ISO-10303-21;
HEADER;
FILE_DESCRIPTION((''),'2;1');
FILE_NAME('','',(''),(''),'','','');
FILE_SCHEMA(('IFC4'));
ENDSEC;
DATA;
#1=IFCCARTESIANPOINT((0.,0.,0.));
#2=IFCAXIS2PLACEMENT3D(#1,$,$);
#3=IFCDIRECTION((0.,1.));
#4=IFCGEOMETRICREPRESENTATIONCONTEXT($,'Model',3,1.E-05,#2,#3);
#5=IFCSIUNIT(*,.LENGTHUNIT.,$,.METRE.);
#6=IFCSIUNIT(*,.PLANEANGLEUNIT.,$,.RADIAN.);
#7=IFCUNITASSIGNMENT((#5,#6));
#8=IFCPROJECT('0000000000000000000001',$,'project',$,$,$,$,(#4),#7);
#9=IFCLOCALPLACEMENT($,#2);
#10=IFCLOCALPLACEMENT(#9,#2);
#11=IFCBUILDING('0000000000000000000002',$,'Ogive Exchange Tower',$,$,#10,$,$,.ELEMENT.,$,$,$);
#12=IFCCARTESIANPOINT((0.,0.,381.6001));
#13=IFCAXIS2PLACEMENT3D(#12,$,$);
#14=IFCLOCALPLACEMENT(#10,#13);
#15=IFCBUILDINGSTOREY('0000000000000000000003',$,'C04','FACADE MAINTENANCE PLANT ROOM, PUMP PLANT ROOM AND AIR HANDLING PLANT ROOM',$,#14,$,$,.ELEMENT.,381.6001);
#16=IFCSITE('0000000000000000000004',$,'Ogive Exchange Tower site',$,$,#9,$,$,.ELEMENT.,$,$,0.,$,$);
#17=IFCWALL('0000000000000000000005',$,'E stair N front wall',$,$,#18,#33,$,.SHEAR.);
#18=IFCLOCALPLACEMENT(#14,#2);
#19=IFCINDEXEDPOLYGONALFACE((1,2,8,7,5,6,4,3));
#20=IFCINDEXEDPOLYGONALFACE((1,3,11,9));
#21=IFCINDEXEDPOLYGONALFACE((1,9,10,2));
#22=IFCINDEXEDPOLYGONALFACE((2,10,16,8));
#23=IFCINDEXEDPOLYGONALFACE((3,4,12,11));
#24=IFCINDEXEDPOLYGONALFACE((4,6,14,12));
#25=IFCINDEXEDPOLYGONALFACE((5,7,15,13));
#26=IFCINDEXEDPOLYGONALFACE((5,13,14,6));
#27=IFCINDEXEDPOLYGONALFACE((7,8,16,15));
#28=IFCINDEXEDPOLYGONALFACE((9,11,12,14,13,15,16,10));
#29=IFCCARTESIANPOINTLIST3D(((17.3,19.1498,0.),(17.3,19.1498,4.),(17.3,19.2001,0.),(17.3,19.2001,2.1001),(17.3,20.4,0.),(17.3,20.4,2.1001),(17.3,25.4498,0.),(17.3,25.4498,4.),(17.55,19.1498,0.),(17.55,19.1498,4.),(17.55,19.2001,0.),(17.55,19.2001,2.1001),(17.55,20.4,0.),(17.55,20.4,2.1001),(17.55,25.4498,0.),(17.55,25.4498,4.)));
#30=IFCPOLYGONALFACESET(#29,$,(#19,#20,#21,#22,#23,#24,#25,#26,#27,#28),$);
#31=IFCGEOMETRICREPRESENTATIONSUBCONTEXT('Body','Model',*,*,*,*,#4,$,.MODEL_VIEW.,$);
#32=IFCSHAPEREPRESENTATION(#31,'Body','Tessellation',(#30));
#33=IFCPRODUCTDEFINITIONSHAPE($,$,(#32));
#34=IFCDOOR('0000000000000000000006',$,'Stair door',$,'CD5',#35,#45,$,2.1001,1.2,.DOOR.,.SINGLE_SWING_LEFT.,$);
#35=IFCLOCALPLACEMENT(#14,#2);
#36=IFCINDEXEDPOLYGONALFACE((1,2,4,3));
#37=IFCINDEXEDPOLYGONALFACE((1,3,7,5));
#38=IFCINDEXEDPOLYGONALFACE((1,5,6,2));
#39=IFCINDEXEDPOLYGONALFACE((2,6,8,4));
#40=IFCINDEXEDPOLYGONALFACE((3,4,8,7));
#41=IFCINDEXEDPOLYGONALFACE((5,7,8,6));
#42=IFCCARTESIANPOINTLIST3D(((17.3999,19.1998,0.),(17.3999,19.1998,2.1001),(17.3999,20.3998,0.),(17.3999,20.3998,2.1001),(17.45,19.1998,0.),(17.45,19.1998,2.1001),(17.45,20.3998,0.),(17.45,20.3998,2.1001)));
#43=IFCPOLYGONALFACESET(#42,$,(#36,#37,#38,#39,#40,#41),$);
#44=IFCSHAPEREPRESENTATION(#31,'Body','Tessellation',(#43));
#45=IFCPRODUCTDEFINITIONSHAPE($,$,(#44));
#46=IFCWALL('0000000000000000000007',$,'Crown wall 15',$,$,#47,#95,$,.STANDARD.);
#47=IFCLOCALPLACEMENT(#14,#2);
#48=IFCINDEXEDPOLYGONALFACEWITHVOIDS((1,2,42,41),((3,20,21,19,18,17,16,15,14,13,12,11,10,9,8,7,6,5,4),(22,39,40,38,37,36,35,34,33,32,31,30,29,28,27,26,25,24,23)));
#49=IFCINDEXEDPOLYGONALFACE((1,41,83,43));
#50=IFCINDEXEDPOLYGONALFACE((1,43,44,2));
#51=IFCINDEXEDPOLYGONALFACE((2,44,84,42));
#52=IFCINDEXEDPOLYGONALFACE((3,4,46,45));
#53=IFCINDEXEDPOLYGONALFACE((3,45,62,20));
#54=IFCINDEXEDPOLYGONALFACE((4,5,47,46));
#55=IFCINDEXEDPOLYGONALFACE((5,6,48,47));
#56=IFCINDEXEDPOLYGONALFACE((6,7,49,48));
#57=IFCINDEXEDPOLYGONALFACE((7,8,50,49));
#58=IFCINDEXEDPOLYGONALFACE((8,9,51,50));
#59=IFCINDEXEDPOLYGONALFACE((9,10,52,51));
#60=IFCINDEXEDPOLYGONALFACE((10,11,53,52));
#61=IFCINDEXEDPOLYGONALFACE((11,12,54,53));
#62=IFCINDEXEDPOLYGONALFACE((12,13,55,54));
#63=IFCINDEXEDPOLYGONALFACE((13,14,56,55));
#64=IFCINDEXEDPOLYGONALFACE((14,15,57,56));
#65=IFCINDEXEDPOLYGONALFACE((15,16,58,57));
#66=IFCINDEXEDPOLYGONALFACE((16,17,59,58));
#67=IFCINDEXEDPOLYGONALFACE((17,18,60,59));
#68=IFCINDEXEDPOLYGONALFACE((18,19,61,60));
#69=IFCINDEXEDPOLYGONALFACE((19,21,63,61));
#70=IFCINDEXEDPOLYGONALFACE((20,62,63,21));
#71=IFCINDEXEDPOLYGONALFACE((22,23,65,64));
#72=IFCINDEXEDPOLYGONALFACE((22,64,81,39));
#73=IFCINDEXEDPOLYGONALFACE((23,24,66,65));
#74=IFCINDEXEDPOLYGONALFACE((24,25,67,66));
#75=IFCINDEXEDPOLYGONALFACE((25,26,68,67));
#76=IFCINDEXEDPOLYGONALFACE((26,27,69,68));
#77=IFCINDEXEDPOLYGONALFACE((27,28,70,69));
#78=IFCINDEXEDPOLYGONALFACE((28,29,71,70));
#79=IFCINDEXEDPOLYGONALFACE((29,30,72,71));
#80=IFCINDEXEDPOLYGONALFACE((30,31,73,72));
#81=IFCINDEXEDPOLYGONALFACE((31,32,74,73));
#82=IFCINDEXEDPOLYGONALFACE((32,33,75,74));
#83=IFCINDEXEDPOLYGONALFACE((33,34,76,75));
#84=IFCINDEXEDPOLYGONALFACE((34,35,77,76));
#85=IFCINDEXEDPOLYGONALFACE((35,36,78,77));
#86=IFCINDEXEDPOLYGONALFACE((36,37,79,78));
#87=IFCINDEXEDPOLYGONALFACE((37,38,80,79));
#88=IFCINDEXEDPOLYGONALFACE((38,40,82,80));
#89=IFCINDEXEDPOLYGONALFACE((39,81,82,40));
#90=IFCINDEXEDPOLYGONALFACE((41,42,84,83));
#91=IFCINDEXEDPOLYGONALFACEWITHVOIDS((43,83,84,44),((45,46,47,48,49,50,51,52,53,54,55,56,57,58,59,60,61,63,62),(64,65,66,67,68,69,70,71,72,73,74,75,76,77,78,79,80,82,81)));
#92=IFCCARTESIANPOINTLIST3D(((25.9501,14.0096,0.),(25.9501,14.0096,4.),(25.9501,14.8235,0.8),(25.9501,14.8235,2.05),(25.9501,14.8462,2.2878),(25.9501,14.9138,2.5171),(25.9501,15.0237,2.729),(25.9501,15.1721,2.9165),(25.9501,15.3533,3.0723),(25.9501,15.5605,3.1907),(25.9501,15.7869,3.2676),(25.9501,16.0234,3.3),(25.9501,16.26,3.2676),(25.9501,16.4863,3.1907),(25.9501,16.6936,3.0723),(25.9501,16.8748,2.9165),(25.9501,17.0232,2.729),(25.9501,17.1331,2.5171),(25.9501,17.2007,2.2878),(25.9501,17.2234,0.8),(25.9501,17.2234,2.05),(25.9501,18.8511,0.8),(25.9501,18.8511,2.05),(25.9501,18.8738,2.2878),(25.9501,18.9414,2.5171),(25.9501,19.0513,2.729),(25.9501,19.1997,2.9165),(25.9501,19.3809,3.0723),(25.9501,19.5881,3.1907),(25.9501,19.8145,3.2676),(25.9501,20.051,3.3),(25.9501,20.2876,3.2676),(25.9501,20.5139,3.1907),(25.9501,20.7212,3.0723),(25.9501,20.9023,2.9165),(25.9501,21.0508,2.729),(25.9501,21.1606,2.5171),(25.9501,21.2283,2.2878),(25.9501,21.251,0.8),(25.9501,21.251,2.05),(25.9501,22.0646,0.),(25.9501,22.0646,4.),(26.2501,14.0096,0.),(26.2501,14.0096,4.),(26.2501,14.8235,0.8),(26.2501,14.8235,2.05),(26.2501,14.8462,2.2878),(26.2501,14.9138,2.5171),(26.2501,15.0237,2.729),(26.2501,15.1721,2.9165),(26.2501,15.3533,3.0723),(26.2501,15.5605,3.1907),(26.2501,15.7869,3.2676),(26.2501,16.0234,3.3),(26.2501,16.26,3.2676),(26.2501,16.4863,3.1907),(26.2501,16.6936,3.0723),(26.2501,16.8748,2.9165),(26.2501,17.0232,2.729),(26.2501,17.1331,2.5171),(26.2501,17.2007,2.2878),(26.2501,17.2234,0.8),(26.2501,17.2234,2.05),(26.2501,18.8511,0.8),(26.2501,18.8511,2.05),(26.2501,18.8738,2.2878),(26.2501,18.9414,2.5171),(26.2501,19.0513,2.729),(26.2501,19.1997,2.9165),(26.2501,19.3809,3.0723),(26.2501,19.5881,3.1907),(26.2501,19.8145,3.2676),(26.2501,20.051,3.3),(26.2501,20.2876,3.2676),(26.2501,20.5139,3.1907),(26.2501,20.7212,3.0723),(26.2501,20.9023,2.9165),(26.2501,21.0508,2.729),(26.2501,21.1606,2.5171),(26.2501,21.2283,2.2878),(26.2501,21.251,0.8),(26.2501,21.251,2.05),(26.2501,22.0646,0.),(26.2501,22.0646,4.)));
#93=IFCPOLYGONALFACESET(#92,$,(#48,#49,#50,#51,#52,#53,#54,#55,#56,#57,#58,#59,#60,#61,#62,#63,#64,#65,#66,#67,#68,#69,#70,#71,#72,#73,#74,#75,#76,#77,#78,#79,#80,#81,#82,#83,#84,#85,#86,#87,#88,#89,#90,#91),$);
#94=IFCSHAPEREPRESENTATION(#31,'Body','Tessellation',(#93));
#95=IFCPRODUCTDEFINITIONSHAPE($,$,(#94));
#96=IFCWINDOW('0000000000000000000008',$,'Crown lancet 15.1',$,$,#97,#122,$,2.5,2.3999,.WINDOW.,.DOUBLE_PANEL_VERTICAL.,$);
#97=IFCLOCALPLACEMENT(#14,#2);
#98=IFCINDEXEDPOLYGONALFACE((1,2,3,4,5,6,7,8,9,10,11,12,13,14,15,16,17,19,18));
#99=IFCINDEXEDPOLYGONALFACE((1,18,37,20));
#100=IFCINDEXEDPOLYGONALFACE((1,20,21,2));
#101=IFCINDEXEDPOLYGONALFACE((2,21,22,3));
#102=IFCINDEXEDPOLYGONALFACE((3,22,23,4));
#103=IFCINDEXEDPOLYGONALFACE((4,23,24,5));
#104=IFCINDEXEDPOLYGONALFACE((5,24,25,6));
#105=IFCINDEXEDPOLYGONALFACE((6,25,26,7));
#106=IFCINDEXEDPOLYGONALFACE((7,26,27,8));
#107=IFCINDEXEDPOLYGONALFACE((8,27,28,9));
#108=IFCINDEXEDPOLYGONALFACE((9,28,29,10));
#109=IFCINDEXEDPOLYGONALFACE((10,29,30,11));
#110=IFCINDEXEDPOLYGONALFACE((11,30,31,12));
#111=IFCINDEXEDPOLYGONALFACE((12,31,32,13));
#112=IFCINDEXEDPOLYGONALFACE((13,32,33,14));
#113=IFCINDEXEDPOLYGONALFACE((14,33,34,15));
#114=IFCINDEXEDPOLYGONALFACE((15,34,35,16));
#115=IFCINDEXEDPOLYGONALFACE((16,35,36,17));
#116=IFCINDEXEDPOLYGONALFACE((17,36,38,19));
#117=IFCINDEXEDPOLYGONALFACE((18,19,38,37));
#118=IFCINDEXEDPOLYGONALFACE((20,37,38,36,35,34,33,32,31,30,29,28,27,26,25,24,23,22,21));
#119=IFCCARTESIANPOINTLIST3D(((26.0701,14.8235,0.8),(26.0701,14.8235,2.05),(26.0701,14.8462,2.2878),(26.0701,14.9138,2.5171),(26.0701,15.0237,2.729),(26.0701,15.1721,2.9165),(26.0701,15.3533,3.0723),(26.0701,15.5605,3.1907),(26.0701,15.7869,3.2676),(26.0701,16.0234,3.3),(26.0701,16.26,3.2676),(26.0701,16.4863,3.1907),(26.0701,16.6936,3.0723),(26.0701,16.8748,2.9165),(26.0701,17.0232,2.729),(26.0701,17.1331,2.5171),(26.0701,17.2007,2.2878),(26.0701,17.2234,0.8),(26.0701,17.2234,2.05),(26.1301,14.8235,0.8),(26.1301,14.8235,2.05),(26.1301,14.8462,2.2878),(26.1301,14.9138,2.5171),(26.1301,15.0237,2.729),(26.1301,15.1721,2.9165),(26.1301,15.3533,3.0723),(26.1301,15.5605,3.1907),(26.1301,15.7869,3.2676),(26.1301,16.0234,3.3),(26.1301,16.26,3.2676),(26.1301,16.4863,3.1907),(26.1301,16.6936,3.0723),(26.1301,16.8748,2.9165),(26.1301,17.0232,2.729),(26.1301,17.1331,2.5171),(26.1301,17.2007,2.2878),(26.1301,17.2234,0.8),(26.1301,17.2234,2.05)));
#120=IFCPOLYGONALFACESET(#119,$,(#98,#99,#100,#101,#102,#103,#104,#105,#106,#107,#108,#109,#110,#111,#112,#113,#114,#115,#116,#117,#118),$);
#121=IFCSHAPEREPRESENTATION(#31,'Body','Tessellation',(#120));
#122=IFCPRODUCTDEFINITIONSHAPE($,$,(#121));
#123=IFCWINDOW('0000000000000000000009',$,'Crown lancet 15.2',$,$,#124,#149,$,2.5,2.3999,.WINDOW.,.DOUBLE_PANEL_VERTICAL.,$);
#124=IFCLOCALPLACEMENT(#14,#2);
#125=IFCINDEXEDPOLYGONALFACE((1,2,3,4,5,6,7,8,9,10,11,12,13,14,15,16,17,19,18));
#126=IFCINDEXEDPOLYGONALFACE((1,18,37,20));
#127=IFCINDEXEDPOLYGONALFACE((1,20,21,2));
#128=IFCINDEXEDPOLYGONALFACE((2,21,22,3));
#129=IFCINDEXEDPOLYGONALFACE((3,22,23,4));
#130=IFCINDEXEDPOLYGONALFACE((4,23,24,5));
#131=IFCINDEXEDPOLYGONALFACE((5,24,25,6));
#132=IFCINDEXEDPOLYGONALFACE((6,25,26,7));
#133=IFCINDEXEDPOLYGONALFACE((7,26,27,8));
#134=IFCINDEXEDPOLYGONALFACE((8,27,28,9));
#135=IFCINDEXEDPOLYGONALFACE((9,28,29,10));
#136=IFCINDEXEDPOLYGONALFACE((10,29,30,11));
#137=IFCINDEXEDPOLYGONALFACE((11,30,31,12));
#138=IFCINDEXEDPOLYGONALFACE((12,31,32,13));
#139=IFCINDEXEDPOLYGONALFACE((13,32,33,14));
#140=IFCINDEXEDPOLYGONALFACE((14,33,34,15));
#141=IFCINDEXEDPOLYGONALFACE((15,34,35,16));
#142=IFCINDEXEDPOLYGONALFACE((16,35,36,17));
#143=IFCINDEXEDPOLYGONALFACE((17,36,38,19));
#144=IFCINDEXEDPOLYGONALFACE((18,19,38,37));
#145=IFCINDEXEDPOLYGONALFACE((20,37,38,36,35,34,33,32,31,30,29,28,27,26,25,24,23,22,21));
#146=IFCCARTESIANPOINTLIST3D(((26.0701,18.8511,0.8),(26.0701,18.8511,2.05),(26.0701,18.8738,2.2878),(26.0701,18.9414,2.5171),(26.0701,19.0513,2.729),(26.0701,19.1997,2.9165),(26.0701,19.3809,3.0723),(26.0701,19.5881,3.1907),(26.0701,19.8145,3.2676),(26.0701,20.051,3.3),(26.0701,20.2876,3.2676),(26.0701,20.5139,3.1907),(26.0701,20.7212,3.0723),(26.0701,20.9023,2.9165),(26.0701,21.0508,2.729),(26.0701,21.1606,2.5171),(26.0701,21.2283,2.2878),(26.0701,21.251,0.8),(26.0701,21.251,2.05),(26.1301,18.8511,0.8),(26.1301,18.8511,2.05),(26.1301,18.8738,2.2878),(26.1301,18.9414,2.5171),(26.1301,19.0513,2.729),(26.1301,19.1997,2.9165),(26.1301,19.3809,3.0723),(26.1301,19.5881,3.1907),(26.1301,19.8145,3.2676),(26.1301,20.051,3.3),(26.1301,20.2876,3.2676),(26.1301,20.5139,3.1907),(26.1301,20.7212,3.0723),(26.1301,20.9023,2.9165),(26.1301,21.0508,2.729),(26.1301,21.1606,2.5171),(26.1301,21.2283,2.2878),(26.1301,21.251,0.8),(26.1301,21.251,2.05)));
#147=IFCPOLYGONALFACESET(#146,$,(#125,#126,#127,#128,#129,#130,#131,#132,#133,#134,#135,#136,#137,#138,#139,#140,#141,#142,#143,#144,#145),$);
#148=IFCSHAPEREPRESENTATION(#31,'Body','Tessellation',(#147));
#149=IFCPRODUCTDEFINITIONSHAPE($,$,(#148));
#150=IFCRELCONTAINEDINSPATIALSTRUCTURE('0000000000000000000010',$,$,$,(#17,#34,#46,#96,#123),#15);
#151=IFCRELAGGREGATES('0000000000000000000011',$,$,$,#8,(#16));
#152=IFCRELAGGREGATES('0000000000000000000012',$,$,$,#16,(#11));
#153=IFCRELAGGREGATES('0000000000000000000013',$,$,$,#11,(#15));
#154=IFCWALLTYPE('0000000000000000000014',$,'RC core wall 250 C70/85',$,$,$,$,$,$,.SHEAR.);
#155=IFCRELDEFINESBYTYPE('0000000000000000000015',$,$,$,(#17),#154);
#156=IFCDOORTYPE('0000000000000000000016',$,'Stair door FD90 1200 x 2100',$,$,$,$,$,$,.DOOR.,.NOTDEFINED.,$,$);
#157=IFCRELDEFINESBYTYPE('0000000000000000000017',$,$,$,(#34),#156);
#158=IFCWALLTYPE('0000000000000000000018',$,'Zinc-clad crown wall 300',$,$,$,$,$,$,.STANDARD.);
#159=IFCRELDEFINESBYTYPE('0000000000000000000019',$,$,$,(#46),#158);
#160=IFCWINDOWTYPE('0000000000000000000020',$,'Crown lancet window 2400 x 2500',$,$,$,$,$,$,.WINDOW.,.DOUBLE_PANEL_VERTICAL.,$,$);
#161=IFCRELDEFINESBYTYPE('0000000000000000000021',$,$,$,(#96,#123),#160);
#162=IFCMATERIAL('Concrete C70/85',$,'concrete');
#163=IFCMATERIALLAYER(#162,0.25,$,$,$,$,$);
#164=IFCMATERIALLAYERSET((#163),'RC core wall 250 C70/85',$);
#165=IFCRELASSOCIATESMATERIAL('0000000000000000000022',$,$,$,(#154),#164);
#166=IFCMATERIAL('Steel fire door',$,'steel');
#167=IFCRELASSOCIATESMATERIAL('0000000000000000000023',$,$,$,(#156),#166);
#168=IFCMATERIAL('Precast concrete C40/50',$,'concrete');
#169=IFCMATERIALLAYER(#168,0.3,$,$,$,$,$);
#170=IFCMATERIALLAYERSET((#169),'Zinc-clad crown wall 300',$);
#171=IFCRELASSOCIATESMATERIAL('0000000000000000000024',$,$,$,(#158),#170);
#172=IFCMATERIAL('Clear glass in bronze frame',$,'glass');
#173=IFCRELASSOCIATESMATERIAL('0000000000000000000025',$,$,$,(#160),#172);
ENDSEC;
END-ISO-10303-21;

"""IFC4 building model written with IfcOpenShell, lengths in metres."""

from ifc_helpers import new_model, si_unit, direction, frame, frame_2d, origin, place, context, subcontext, project, spatial, polyline, rectangle, outline, extrude, material, layer, layer_set, type_object, element, fill, save


model = new_model("IFC4")

# Units and contexts
model_context = context("Model", 3, precision=1e-05, world=origin(), true_north=direction((0.0, 1.0)))
body_context = subcontext(model_context, "Body", "Model", "MODEL_VIEW")
ifc_project = project(units=[si_unit("LENGTHUNIT", "METRE"), si_unit("PLANEANGLEUNIT", "RADIAN")], contexts=[model_context])

# Site, building, storey
site_placement = place(None, origin())
site = spatial("IfcSite", under=ifc_project, at=site_placement, Name="Ogive Exchange Tower site", CompositionType="ELEMENT", RefElevation=0.0)
building_placement = place(site_placement, origin())
building = spatial("IfcBuilding", under=site, at=building_placement, Name="Ogive Exchange Tower", CompositionType="ELEMENT")
storey_placement = place(building_placement, frame((0.0, 0.0, 381.6001)))
storey = spatial("IfcBuildingStorey", under=building, at=storey_placement, Name="C04", Description="FACADE MAINTENANCE PLANT ROOM, PUMP PLANT ROOM AND AIR HANDLING PLANT ROOM", CompositionType="ELEMENT", Elevation=381.6001)

# Wall, opening, door
ifc_material_1 = material(Name="Concrete C70/85", Category="concrete")
ifc_layer_1 = layer(ifc_material_1, 0.25)
ifc_layer_set_1 = layer_set([ifc_layer_1], Name="RC core wall 250 C70/85")
wall_type_1 = type_object("IfcWallType", Name="RC core wall 250 C70/85", PredefinedType="SHEAR", material=ifc_layer_set_1)
wall_1_placement = place(storey_placement, frame((17.425, 19.1499, 0.0), z_axis=(0.0, 0.0, 1.0), x_axis=(0.0, 1.0, 0.0)))
wall_1 = element("IfcWall", 1, at=wall_1_placement, inside=storey, type_object=wall_type_1, Name="E stair N front wall", PredefinedType="SHEAR", context=body_context, shape_type="SweptSolid", body=[
    extrude(rectangle(XDim=6.3, YDim=0.25, at=frame_2d((3.1499, 0.0))), origin(), (0.0, 0.0, 1.0), 4.0),
])
opening_1_placement = place(wall_1_placement, frame((0.05, 0.0, 0.0)))
opening_1 = element("IfcOpeningElement", 2, at=opening_1_placement, cuts=wall_1, PredefinedType="OPENING", context=body_context, shape_type="SweptSolid", body=[
    extrude(rectangle(XDim=1.2, YDim=2.1001, at=frame_2d((0.6001, 1.05))), frame((0.0, 0.135, 0.0), z_axis=(0.0, -1.0, 0.0), x_axis=(1.0, 0.0, 0.0)), (0.0, 0.0, 1.0), 0.27),
])
ifc_material_2 = material(Name="Steel fire door", Category="steel")
door_type = type_object("IfcDoorType", Name="Stair door FD90 1200 x 2100", OperationType="NOTDEFINED", PredefinedType="DOOR", material=ifc_material_2)
door_placement = place(opening_1_placement, frame((1.2, 0.0, 0.0), z_axis=(0.0, 0.0, 1.0), x_axis=(-1.0, 0.0, 0.0)))
door = element("IfcDoor", 3, at=door_placement, inside=storey, type_object=door_type, Name="Stair door", ObjectType="CD5", OperationType="SINGLE_SWING_LEFT", OverallHeight=2.1001, OverallWidth=1.2, PredefinedType="DOOR", context=body_context, shape_type="SweptSolid", body=[
    extrude(rectangle(XDim=1.2, YDim=2.1001, at=frame_2d((0.6001, 1.05))), frame((0.0, 0.0249, 0.0), z_axis=(0.0, -1.0, 0.0), x_axis=(1.0, 0.0, 0.0)), (0.0, 0.0, 1.0), 0.05),
])
fill(opening_1, door)

# Wall, openings, windows
ifc_material_3 = material(Name="Precast concrete C40/50", Category="concrete")
ifc_layer_2 = layer(ifc_material_3, 0.3)
ifc_layer_set_2 = layer_set([ifc_layer_2], Name="Zinc-clad crown wall 300")
wall_type_2 = type_object("IfcWallType", Name="Zinc-clad crown wall 300", PredefinedType="STANDARD", material=ifc_layer_set_2)
wall_2_placement = place(storey_placement, frame((26.1001, 14.0098, 0.0), z_axis=(0.0, 0.0, 1.0), x_axis=(0.0, 1.0, 0.0)))
wall_2 = element("IfcWall", 4, at=wall_2_placement, inside=storey, type_object=wall_type_2, Name="Crown wall 15", PredefinedType="STANDARD", context=body_context, shape_type="SweptSolid", body=[
    extrude(rectangle(XDim=8.0549, YDim=0.3, at=frame_2d((4.0273, 0.0))), origin(), (0.0, 0.0, 1.0), 4.0),
])
opening_2_placement = place(wall_2_placement, frame((0.8137, 0.0, 0.8)))
opening_2 = element("IfcOpeningElement", 5, at=opening_2_placement, cuts=wall_2, PredefinedType="OPENING", context=body_context, shape_type="SweptSolid", body=[
    extrude(outline(polyline([(0.0, 0.0), (2.3999, 0.0), (2.3999, 1.25), (2.3772, 1.4878), (2.3096, 1.717), (2.1997, 1.929), (2.0513, 2.1165), (1.8701, 2.2722), (1.6628, 2.3906), (1.4365, 2.4675), (1.2, 2.5), (0.9634, 2.4675), (0.7371, 2.3906), (0.5298, 2.2722), (0.3486, 2.1165), (0.2002, 1.929), (0.0903, 1.717), (0.0227, 1.4878), (0.0, 1.25), (0.0, 0.0)])), frame((0.0, 0.1599, 0.0), z_axis=(0.0, -1.0, 0.0), x_axis=(1.0, 0.0, 0.0)), (0.0, 0.0, 1.0), 0.3201),
])
opening_3_placement = place(wall_2_placement, frame((4.8413, 0.0, 0.8)))
opening_3 = element("IfcOpeningElement", 6, at=opening_3_placement, cuts=wall_2, PredefinedType="OPENING", context=body_context, shape_type="SweptSolid", body=[
    extrude(outline(polyline([(0.0, 0.0), (2.3999, 0.0), (2.3999, 1.25), (2.3772, 1.4878), (2.3096, 1.717), (2.1997, 1.929), (2.0513, 2.1165), (1.8701, 2.2722), (1.6628, 2.3906), (1.4365, 2.4675), (1.2, 2.5), (0.9634, 2.4675), (0.7371, 2.3906), (0.5298, 2.2722), (0.3486, 2.1165), (0.2002, 1.929), (0.0903, 1.717), (0.0227, 1.4878), (0.0, 1.25), (0.0, 0.0)])), frame((0.0, 0.1599, 0.0), z_axis=(0.0, -1.0, 0.0), x_axis=(1.0, 0.0, 0.0)), (0.0, 0.0, 1.0), 0.3201),
])
ifc_material_4 = material(Name="Clear glass in bronze frame", Category="glass")
window_type = type_object("IfcWindowType", Name="Crown lancet window 2400 x 2500", PartitioningType="DOUBLE_PANEL_VERTICAL", PredefinedType="WINDOW", material=ifc_material_4)
window_1_placement = place(opening_2_placement, origin())
window_1 = element("IfcWindow", 7, at=window_1_placement, inside=storey, type_object=window_type, Name="Crown lancet 15.1", OverallHeight=2.5, OverallWidth=2.3999, PartitioningType="DOUBLE_PANEL_VERTICAL", PredefinedType="WINDOW", context=body_context, shape_type="SweptSolid", body=[
    extrude(outline(polyline([(0.0, 0.0), (2.3999, 0.0), (2.3999, 1.25), (2.3772, 1.4878), (2.3096, 1.717), (2.1997, 1.929), (2.0513, 2.1165), (1.8701, 2.2722), (1.6628, 2.3906), (1.4365, 2.4675), (1.2, 2.5), (0.9634, 2.4675), (0.7371, 2.3906), (0.5298, 2.2722), (0.3486, 2.1165), (0.2002, 1.929), (0.0903, 1.717), (0.0227, 1.4878), (0.0, 1.25), (0.0, 0.0)])), frame((0.0, 0.03, 0.0), z_axis=(0.0, -1.0, 0.0), x_axis=(1.0, 0.0, 0.0)), (0.0, 0.0, 1.0), 0.0601),
])
fill(opening_2, window_1)
window_2_placement = place(opening_3_placement, origin())
window_2 = element("IfcWindow", 8, at=window_2_placement, inside=storey, type_object=window_type, Name="Crown lancet 15.2", OverallHeight=2.5, OverallWidth=2.3999, PartitioningType="DOUBLE_PANEL_VERTICAL", PredefinedType="WINDOW", context=body_context, shape_type="SweptSolid", body=[
    extrude(outline(polyline([(0.0, 0.0), (2.3999, 0.0), (2.3999, 1.25), (2.3772, 1.4878), (2.3096, 1.717), (2.1997, 1.929), (2.0513, 2.1165), (1.8701, 2.2722), (1.6628, 2.3906), (1.4365, 2.4675), (1.2, 2.5), (0.9634, 2.4675), (0.7371, 2.3906), (0.5298, 2.2722), (0.3486, 2.1165), (0.2002, 1.929), (0.0903, 1.717), (0.0227, 1.4878), (0.0, 1.25), (0.0, 0.0)])), frame((0.0, 0.03, 0.0), z_axis=(0.0, -1.0, 0.0), x_axis=(1.0, 0.0, 0.0)), (0.0, 0.0, 1.0), 0.0601),
])
fill(opening_3, window_2)

save(model, "model.ifc")
